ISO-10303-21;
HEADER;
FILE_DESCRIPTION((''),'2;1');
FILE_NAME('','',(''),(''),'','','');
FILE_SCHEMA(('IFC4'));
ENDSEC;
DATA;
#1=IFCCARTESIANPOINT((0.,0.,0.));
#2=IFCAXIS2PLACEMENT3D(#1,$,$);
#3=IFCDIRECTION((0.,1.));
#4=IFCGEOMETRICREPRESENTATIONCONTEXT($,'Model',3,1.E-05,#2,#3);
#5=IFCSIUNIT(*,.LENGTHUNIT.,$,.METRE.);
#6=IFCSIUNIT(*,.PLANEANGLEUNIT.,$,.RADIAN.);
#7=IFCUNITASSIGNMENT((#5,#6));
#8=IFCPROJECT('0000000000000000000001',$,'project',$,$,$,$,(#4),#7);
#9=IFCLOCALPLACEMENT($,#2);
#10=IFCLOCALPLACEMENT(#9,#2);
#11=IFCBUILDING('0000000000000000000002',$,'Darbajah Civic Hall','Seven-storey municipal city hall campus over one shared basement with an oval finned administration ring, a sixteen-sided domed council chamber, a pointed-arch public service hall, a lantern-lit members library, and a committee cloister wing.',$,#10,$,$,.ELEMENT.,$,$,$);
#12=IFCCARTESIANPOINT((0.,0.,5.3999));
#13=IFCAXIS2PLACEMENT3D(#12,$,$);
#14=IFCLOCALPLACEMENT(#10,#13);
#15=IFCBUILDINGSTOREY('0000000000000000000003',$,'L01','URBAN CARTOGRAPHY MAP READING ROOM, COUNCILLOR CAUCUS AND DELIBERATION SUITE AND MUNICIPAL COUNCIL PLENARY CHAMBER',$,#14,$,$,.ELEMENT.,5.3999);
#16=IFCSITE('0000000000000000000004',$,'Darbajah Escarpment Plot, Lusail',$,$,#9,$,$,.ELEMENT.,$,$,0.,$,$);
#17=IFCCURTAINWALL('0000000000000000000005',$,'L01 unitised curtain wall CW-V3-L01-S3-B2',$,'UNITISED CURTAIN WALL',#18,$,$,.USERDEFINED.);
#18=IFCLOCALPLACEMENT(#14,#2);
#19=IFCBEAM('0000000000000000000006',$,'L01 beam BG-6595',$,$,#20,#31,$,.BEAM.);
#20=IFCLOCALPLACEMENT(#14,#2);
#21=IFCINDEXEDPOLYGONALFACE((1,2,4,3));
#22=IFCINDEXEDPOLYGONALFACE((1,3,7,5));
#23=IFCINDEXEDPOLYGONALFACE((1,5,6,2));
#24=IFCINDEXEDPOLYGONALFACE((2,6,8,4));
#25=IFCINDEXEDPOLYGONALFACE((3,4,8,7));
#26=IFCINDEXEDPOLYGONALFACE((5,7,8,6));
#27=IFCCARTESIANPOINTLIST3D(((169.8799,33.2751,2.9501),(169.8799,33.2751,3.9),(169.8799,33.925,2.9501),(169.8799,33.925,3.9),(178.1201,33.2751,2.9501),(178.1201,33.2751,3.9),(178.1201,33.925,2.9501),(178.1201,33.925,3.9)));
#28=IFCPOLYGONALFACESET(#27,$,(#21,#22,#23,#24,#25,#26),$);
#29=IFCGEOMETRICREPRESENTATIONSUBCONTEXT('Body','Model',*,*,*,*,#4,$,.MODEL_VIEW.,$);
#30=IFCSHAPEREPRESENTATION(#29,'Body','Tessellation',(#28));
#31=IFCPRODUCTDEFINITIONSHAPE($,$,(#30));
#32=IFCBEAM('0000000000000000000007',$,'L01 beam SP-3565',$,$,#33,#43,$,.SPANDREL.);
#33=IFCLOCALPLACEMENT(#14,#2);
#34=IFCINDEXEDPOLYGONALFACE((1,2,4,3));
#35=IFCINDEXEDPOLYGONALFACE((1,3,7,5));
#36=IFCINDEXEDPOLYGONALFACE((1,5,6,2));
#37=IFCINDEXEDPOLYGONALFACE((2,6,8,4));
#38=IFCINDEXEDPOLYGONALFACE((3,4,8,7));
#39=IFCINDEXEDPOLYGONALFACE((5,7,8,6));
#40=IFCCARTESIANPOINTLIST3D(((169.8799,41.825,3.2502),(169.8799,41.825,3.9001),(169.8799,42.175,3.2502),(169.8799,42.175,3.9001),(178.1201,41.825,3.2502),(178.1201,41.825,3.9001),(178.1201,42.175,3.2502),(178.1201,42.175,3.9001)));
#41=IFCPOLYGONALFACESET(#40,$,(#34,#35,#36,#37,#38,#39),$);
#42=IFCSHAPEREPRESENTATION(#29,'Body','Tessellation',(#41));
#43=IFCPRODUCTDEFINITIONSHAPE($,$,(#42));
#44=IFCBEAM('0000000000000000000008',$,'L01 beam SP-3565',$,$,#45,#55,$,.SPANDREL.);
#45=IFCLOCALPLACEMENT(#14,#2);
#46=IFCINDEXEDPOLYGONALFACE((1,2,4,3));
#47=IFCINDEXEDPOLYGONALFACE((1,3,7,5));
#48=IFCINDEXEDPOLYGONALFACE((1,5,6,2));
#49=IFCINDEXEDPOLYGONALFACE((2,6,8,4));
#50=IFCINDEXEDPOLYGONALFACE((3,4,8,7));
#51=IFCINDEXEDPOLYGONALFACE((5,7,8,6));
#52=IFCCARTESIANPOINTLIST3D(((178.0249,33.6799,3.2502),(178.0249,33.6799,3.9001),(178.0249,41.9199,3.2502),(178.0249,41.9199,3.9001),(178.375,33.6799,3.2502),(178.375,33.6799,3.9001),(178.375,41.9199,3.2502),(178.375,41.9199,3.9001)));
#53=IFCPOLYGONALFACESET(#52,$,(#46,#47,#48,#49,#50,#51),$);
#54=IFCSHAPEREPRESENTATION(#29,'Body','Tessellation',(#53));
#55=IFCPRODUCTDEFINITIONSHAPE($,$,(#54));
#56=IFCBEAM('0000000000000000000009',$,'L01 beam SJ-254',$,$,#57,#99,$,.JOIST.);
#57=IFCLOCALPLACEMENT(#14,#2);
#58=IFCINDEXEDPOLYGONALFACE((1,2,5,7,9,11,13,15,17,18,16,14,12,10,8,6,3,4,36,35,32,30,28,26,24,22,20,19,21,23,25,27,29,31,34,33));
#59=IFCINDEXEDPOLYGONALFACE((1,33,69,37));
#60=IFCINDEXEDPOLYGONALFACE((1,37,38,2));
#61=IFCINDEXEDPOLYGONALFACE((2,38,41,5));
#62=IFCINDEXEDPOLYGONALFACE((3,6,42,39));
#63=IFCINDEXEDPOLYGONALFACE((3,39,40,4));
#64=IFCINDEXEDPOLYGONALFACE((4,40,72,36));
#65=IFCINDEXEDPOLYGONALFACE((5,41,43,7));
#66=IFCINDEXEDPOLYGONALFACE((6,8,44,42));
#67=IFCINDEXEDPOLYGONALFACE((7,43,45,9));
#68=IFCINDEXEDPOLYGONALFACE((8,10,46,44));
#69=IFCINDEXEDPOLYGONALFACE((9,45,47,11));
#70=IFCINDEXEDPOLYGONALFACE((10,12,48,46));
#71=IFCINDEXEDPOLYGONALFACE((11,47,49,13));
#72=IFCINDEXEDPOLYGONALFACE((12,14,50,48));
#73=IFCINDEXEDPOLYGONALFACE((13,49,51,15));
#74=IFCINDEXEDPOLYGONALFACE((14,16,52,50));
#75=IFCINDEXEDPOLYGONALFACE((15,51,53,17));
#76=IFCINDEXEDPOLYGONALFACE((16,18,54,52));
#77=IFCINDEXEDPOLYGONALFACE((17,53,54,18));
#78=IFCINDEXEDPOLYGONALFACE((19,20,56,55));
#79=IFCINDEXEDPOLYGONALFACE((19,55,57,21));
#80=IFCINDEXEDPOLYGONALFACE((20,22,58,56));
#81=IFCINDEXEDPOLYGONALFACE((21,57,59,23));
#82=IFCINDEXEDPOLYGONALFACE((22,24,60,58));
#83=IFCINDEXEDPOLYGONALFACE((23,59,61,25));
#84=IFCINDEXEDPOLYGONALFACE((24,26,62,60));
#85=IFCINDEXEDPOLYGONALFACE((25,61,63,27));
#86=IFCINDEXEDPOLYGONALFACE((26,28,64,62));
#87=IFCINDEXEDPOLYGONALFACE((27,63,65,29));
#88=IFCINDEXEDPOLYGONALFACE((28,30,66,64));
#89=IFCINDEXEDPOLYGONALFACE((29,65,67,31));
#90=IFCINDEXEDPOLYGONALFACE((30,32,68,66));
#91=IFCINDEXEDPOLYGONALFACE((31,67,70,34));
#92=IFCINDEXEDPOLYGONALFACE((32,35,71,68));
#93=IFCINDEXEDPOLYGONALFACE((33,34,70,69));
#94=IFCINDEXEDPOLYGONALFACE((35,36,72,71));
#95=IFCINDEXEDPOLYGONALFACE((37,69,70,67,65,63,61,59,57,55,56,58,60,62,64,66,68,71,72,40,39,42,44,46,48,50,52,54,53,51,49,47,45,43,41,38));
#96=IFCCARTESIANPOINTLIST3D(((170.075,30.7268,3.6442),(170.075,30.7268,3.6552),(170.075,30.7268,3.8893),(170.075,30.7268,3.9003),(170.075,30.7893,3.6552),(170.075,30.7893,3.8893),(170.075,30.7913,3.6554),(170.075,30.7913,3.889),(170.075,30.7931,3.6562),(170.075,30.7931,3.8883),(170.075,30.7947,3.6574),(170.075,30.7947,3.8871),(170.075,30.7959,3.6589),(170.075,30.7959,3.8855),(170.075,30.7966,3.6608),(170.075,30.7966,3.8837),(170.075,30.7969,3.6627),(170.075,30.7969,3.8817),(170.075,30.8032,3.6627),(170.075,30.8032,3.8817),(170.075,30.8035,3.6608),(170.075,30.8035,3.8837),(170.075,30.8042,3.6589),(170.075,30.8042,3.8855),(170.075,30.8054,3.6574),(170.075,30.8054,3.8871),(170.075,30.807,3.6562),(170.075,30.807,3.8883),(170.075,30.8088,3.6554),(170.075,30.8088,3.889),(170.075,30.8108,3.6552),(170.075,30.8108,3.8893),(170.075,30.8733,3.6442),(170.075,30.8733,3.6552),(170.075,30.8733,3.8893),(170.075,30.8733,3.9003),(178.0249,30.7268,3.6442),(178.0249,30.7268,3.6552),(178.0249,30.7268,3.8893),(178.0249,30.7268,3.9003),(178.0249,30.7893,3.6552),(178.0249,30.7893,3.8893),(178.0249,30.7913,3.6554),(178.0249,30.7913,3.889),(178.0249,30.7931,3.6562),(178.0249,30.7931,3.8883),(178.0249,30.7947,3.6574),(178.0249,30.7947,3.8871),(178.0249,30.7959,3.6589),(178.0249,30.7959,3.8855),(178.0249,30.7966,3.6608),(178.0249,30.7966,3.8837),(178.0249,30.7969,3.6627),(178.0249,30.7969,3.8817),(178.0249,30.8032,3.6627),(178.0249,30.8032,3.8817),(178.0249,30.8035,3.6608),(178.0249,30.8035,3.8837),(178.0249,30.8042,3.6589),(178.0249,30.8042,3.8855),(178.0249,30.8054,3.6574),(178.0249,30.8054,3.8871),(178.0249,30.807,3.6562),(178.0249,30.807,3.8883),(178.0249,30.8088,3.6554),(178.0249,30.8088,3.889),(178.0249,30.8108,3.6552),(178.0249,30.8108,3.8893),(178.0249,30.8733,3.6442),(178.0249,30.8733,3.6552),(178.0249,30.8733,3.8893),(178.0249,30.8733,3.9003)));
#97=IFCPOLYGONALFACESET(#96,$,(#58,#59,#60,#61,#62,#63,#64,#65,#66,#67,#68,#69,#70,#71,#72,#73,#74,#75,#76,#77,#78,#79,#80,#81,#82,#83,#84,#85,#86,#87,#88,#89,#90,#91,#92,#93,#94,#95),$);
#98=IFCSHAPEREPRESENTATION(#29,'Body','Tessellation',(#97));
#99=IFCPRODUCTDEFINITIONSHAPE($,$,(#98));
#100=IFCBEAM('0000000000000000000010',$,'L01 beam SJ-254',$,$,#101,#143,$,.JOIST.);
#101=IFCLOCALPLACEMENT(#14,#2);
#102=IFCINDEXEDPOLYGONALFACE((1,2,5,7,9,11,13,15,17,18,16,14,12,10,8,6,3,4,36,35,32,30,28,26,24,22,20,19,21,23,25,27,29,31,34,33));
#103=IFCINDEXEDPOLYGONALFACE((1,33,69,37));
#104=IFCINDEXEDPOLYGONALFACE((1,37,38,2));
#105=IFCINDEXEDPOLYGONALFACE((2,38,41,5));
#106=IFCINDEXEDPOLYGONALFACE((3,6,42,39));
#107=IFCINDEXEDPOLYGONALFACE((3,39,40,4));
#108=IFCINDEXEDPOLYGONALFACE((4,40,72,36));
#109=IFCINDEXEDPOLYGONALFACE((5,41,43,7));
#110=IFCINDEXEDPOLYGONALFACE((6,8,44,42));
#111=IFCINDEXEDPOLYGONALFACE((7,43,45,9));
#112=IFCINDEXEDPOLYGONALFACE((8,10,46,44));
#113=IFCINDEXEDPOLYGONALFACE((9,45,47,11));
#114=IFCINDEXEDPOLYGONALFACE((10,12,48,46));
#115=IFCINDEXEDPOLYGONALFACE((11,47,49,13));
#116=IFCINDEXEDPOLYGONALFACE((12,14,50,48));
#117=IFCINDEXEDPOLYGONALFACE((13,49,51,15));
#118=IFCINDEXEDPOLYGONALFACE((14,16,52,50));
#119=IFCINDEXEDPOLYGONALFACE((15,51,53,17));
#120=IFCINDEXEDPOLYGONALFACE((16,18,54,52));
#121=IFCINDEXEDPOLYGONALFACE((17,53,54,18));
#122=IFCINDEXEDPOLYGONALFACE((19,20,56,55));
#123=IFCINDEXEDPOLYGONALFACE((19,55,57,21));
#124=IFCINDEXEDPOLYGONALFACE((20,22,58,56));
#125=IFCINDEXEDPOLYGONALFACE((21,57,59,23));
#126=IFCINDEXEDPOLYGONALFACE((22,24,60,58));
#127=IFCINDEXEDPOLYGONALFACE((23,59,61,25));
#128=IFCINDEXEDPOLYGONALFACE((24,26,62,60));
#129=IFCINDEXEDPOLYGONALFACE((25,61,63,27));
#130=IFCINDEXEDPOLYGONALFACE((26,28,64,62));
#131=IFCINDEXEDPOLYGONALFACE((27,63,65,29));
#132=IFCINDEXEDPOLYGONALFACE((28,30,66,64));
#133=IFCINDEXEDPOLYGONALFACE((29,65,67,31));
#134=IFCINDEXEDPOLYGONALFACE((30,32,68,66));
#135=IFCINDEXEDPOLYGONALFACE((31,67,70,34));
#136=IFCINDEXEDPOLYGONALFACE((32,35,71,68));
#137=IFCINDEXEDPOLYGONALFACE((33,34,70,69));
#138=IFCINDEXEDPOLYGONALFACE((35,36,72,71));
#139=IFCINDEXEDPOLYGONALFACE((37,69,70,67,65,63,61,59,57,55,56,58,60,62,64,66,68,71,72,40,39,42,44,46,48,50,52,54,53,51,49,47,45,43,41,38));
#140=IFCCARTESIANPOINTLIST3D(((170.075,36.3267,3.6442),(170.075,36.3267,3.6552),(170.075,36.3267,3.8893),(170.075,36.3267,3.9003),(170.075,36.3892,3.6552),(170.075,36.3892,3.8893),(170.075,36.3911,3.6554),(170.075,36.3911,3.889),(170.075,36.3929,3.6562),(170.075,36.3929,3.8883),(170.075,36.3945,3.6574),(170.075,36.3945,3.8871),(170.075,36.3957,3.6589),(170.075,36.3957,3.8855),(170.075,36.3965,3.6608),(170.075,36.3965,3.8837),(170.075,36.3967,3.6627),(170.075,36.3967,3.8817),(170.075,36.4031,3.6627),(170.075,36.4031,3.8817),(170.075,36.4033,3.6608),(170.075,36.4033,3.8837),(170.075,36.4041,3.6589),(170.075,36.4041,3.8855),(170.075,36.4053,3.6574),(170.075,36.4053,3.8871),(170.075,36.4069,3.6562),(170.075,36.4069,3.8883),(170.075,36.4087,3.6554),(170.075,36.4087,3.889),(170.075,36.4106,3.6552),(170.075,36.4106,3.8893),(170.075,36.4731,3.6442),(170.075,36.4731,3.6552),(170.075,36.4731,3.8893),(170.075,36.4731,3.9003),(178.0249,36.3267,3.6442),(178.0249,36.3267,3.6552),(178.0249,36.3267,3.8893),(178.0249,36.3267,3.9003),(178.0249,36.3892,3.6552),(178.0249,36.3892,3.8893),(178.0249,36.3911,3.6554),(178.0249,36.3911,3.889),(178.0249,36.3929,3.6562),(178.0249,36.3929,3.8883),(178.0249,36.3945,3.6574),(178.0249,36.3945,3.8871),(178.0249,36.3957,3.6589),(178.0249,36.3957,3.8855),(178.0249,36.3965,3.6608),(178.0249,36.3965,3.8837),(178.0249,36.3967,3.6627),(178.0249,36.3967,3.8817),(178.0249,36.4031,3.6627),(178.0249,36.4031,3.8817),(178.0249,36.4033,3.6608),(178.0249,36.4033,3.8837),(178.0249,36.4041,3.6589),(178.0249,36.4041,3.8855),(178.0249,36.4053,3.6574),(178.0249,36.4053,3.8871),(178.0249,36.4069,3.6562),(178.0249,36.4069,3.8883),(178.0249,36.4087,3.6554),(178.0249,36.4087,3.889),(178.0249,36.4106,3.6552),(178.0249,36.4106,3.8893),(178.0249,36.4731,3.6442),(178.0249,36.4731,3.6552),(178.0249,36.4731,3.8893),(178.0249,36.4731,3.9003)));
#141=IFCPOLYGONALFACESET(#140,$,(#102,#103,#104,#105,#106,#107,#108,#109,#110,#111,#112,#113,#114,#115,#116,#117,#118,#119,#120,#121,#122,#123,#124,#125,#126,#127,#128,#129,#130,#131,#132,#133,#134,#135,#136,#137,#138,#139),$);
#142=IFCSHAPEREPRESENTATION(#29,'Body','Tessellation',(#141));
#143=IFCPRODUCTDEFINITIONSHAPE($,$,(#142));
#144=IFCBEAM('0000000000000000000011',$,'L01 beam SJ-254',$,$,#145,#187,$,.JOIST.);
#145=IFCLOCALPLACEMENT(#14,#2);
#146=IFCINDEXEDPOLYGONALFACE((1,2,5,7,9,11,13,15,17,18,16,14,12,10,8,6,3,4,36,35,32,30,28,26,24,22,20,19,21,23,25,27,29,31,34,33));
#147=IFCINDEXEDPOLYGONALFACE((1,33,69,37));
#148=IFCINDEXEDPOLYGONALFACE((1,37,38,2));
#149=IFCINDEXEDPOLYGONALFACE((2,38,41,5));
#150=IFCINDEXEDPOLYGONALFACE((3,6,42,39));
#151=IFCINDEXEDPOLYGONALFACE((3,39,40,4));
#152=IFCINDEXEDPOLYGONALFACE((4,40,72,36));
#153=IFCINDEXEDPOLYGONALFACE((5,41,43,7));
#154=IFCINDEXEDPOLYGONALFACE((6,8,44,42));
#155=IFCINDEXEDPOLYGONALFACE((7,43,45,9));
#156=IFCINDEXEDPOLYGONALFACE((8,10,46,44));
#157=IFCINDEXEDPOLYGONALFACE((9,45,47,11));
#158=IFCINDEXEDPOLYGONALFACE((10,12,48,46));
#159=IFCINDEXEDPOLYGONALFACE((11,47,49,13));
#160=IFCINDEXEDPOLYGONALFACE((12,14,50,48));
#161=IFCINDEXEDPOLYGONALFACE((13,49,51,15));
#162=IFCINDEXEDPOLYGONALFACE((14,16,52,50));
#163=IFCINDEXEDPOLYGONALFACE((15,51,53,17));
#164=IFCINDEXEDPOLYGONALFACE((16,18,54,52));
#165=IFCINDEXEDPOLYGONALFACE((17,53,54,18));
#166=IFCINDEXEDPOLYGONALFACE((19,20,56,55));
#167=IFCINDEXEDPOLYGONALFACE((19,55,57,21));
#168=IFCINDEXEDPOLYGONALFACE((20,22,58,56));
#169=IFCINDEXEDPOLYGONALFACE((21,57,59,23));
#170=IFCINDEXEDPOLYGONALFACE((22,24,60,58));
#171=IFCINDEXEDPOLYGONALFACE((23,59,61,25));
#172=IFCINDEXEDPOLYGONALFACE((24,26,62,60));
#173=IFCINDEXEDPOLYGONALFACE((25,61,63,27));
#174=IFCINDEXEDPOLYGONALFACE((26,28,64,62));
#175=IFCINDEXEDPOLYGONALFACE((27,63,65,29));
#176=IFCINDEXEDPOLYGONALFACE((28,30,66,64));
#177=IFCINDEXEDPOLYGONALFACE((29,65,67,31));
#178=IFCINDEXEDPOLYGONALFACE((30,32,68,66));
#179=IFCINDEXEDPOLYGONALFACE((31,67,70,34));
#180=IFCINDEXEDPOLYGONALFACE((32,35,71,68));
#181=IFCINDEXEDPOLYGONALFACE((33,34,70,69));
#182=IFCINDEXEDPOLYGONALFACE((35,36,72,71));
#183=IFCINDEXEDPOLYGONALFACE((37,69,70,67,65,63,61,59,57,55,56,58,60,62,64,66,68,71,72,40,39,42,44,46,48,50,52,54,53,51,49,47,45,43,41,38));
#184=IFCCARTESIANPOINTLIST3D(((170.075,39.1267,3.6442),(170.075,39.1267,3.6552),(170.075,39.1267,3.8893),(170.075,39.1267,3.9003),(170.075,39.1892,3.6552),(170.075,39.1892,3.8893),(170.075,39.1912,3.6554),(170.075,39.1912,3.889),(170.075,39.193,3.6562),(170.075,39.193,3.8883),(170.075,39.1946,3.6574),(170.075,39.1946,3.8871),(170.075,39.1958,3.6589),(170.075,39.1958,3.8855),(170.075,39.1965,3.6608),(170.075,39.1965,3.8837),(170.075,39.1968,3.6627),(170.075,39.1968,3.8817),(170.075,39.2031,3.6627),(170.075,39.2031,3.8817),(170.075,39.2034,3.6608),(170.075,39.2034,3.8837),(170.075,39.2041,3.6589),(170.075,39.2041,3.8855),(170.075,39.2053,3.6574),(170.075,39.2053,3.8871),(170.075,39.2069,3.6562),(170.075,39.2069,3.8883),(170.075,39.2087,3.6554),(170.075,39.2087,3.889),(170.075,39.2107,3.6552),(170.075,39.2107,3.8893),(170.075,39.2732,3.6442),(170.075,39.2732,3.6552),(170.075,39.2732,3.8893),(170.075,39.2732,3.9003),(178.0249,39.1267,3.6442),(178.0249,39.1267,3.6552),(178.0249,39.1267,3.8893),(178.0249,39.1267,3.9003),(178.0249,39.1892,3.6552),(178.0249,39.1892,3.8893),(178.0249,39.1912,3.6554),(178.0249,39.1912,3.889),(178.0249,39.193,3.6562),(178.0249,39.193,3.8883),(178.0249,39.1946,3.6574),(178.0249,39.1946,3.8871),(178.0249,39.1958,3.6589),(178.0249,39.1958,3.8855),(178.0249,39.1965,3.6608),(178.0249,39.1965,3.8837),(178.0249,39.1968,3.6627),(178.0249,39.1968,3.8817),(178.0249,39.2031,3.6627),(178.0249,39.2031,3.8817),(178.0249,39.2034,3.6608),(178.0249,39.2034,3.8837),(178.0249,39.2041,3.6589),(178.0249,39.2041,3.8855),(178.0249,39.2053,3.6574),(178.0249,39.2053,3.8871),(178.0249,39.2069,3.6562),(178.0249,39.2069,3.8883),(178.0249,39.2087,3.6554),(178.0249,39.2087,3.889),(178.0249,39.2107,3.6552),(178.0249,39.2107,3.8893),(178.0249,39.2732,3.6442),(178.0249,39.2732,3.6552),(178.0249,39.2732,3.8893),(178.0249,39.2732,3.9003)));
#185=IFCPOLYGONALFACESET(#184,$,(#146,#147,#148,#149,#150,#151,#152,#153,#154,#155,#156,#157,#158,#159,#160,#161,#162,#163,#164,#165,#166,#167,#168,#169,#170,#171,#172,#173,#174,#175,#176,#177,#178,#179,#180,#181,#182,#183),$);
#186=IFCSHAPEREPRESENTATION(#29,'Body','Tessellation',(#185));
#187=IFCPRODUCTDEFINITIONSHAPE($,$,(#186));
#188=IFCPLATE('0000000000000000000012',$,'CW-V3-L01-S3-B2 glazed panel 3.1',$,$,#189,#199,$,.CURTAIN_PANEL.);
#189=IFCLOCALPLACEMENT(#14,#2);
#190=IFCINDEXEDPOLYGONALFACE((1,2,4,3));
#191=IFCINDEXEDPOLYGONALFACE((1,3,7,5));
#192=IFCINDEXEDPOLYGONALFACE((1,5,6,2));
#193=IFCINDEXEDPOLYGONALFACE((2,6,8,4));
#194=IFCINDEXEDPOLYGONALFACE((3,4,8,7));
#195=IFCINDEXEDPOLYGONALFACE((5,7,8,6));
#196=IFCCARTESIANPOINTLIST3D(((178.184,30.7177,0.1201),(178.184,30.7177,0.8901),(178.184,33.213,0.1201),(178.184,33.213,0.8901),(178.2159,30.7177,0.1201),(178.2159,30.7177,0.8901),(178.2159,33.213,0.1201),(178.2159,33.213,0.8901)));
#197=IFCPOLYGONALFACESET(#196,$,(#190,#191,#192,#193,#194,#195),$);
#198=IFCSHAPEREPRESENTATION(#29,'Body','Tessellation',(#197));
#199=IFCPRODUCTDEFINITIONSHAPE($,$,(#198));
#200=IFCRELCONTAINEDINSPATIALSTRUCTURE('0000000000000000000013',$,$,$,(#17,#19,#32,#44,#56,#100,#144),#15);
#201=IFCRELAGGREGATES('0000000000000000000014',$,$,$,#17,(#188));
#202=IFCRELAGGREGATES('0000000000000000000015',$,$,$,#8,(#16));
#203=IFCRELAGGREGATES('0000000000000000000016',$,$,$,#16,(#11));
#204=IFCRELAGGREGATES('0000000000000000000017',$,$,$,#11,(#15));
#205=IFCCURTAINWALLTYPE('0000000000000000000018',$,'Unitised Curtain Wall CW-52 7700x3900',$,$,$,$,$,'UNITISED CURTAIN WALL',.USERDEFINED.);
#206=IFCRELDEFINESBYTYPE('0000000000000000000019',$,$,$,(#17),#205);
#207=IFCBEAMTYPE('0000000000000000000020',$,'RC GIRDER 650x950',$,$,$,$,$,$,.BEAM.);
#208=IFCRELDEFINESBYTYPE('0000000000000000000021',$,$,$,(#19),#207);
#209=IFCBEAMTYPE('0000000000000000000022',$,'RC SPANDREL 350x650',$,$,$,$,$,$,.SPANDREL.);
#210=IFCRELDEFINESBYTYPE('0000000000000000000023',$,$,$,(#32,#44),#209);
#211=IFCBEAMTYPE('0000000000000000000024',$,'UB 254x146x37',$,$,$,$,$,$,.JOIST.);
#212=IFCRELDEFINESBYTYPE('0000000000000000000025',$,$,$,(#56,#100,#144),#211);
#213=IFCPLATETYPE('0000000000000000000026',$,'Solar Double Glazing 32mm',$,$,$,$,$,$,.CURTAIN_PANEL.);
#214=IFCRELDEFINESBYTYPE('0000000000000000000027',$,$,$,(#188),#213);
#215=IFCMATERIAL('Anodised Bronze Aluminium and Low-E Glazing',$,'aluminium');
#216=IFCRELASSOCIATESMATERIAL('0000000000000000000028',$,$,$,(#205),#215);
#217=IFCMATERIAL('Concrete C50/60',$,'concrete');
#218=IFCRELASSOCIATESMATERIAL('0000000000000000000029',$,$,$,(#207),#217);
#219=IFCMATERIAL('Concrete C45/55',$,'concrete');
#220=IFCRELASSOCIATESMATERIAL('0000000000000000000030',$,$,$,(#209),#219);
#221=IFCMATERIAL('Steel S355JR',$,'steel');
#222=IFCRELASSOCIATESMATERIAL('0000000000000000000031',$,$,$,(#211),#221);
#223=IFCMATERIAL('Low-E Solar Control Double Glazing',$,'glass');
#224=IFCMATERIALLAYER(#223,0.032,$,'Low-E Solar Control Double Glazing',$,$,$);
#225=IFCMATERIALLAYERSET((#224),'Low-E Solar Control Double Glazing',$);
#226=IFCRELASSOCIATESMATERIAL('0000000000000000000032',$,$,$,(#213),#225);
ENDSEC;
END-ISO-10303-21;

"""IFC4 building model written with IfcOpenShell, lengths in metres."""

from ifc_helpers import new_model, si_unit, direction, frame, origin, origin_2d, place, context, subcontext, project, spatial, rectangle, i_section, extrude, material, layer, layer_set, material_profile, profile_set, type_object, element, aggregate, save


model = new_model("IFC4")

# Units and contexts
model_context = context("Model", 3, precision=1e-05, world=origin(), true_north=direction((0.0, 1.0)))
body_context = subcontext(model_context, "Body", "Model", "MODEL_VIEW")
ifc_project = project(units=[si_unit("LENGTHUNIT", "METRE"), si_unit("PLANEANGLEUNIT", "RADIAN")], contexts=[model_context])

# Site, building, storey
site_placement = place(None, origin())
site = spatial("IfcSite", under=ifc_project, at=site_placement, Name="Darbajah Escarpment Plot, Lusail", CompositionType="ELEMENT", RefElevation=0.0)
building_placement = place(site_placement, origin())
building = spatial("IfcBuilding", under=site, at=building_placement, Name="Darbajah Civic Hall", Description="Seven-storey municipal city hall campus over one shared basement with an oval finned administration ring, a sixteen-sided domed council chamber, a pointed-arch public service hall, a lantern-lit members library, and a committee cloister wing.", CompositionType="ELEMENT")
storey_placement = place(building_placement, frame((0.0, 0.0, 5.3999)))
storey = spatial("IfcBuildingStorey", under=building, at=storey_placement, Name="L01", Description="URBAN CARTOGRAPHY MAP READING ROOM, COUNCILLOR CAUCUS AND DELIBERATION SUITE AND MUNICIPAL COUNCIL PLENARY CHAMBER", CompositionType="ELEMENT", Elevation=5.3999)

# Shared definitions
ifc_material_1 = material(Name="Concrete C45/55", Category="concrete")

# Curtain wall
ifc_material_2 = material(Name="Anodised Bronze Aluminium and Low-E Glazing", Category="aluminium")
curtain_wall_type = type_object("IfcCurtainWallType", Name="Unitised Curtain Wall CW-52 7700x3900", ElementType="UNITISED CURTAIN WALL", PredefinedType="USERDEFINED", material=ifc_material_2)
curtain_wall_1_placement = place(storey_placement, origin())
curtain_wall_1 = element("IfcCurtainWall", 1, at=curtain_wall_1_placement, inside=storey, type_object=curtain_wall_type, Name="L01 unitised curtain wall CW-V3-L01-S3-B2", ObjectType="UNITISED CURTAIN WALL", PredefinedType="USERDEFINED")

# Beams
ifc_material_3 = material(Name="Concrete C50/60", Category="concrete")
ifc_material_profile_1 = material_profile(ifc_material_3, rectangle(XDim=0.6499, YDim=0.95, at=origin_2d()), Name="RC GIRDER 650x950")
ifc_profile_set_1 = profile_set([ifc_material_profile_1], Name="Concrete C50/60")
beam_type_1 = type_object("IfcBeamType", Name="RC GIRDER 650x950", PredefinedType="BEAM", material=ifc_profile_set_1)
beam_1_placement = place(storey_placement, frame((169.8799, 33.6001, 3.425), z_axis=(1.0, 0.0, 0.0), x_axis=(0.0, 1.0, 0.0)))
element("IfcBeam", 2, at=beam_1_placement, inside=storey, type_object=beam_type_1, Name="L01 beam BG-6595", PredefinedType="BEAM", context=body_context, shape_type="SweptSolid", body=[
    extrude(rectangle(XDim=0.6499, YDim=0.95, at=origin_2d()), origin(), (0.0, 0.0, 1.0), 8.2402),
])
ifc_material_profile_2 = material_profile(ifc_material_1, rectangle(XDim=0.3501, YDim=0.6499, at=origin_2d()), Name="RC SPANDREL 350x650")
ifc_profile_set_2 = profile_set([ifc_material_profile_2], Name="Concrete C45/55")
beam_type_2 = type_object("IfcBeamType", Name="RC SPANDREL 350x650", PredefinedType="SPANDREL", material=ifc_profile_set_2)
beam_2_placement = place(storey_placement, frame((169.8799, 42.0, 3.5752), z_axis=(1.0, 0.0, 0.0), x_axis=(0.0, 1.0, 0.0)))
element("IfcBeam", 3, at=beam_2_placement, inside=storey, type_object=beam_type_2, Name="L01 beam SP-3565", PredefinedType="SPANDREL", context=body_context, shape_type="SweptSolid", body=[
    extrude(rectangle(XDim=0.3501, YDim=0.6499, at=origin_2d()), origin(), (0.0, 0.0, 1.0), 8.2402),
])
beam_3_placement = place(storey_placement, frame((178.2, 33.6799, 3.5752), z_axis=(0.0, 1.0, 0.0), x_axis=(-1.0, 0.0, 0.0)))
element("IfcBeam", 4, at=beam_3_placement, inside=storey, type_object=beam_type_2, Name="L01 beam SP-3565", PredefinedType="SPANDREL", context=body_context, shape_type="SweptSolid", body=[
    extrude(rectangle(XDim=0.3501, YDim=0.6499, at=origin_2d()), origin(), (0.0, 0.0, 1.0), 8.24),
])
ifc_material_4 = material(Name="Steel S355JR", Category="steel")
ifc_material_profile_3 = material_profile(ifc_material_4, i_section(OverallWidth=0.1465, OverallDepth=0.2561, WebThickness=0.0063, FlangeThickness=0.011, FilletRadius=0.0076, at=origin_2d()), Name="UB 254x146x37")
ifc_profile_set_3 = profile_set([ifc_material_profile_3], Name="Steel S355JR")
beam_type_3 = type_object("IfcBeamType", Name="UB 254x146x37", PredefinedType="JOIST", material=ifc_profile_set_3)
for number, where, z_axis, x_axis, name in (
    (5, (170.075, 30.8, 3.7722), (1.0, 0.0, 0.0), (0.0, 1.0, 0.0), "L01 beam SJ-254"),
    (6, (170.075, 36.3999, 3.7722), (1.0, 0.0, 0.0), (0.0, 1.0, 0.0), "L01 beam SJ-254"),
    (7, (170.075, 39.2, 3.7722), (1.0, 0.0, 0.0), (0.0, 1.0, 0.0), "L01 beam SJ-254"),
):
    element("IfcBeam", number, at=place(storey_placement, frame(where, z_axis=z_axis, x_axis=x_axis)), inside=storey, type_object=beam_type_3, Name=name, PredefinedType="JOIST", context=body_context, shape_type="SweptSolid", body=[
        extrude(i_section(OverallWidth=0.1465, OverallDepth=0.2561, WebThickness=0.0063, FlangeThickness=0.011, FilletRadius=0.0076, at=origin_2d()), origin(), (0.0, 0.0, 1.0), 7.95),
    ])

# Plate
ifc_material_5 = material(Name="Low-E Solar Control Double Glazing", Category="glass")
ifc_layer_1 = layer(ifc_material_5, 0.032, Name="Low-E Solar Control Double Glazing")
ifc_layer_set_1 = layer_set([ifc_layer_1], Name="Low-E Solar Control Double Glazing")
plate_type = type_object("IfcPlateType", Name="Solar Double Glazing 32mm", PredefinedType="CURTAIN_PANEL", material=ifc_layer_set_1)
plate_1_placement = place(storey_placement, frame((178.2, 31.9653, 0.1201), z_axis=(0.0, 0.0, 1.0), x_axis=(0.0, 1.0, 0.0)))
plate_1 = element("IfcPlate", 8, at=plate_1_placement, type_object=plate_type, Name="CW-V3-L01-S3-B2 glazed panel 3.1", PredefinedType="CURTAIN_PANEL", context=body_context, shape_type="SweptSolid", body=[
    extrude(rectangle(XDim=2.4954, YDim=0.032, at=origin_2d()), origin(), (0.0, 0.0, 1.0), 0.77),
])
aggregate(curtain_wall_1, [plate_1])

save(model, "model.ifc")
